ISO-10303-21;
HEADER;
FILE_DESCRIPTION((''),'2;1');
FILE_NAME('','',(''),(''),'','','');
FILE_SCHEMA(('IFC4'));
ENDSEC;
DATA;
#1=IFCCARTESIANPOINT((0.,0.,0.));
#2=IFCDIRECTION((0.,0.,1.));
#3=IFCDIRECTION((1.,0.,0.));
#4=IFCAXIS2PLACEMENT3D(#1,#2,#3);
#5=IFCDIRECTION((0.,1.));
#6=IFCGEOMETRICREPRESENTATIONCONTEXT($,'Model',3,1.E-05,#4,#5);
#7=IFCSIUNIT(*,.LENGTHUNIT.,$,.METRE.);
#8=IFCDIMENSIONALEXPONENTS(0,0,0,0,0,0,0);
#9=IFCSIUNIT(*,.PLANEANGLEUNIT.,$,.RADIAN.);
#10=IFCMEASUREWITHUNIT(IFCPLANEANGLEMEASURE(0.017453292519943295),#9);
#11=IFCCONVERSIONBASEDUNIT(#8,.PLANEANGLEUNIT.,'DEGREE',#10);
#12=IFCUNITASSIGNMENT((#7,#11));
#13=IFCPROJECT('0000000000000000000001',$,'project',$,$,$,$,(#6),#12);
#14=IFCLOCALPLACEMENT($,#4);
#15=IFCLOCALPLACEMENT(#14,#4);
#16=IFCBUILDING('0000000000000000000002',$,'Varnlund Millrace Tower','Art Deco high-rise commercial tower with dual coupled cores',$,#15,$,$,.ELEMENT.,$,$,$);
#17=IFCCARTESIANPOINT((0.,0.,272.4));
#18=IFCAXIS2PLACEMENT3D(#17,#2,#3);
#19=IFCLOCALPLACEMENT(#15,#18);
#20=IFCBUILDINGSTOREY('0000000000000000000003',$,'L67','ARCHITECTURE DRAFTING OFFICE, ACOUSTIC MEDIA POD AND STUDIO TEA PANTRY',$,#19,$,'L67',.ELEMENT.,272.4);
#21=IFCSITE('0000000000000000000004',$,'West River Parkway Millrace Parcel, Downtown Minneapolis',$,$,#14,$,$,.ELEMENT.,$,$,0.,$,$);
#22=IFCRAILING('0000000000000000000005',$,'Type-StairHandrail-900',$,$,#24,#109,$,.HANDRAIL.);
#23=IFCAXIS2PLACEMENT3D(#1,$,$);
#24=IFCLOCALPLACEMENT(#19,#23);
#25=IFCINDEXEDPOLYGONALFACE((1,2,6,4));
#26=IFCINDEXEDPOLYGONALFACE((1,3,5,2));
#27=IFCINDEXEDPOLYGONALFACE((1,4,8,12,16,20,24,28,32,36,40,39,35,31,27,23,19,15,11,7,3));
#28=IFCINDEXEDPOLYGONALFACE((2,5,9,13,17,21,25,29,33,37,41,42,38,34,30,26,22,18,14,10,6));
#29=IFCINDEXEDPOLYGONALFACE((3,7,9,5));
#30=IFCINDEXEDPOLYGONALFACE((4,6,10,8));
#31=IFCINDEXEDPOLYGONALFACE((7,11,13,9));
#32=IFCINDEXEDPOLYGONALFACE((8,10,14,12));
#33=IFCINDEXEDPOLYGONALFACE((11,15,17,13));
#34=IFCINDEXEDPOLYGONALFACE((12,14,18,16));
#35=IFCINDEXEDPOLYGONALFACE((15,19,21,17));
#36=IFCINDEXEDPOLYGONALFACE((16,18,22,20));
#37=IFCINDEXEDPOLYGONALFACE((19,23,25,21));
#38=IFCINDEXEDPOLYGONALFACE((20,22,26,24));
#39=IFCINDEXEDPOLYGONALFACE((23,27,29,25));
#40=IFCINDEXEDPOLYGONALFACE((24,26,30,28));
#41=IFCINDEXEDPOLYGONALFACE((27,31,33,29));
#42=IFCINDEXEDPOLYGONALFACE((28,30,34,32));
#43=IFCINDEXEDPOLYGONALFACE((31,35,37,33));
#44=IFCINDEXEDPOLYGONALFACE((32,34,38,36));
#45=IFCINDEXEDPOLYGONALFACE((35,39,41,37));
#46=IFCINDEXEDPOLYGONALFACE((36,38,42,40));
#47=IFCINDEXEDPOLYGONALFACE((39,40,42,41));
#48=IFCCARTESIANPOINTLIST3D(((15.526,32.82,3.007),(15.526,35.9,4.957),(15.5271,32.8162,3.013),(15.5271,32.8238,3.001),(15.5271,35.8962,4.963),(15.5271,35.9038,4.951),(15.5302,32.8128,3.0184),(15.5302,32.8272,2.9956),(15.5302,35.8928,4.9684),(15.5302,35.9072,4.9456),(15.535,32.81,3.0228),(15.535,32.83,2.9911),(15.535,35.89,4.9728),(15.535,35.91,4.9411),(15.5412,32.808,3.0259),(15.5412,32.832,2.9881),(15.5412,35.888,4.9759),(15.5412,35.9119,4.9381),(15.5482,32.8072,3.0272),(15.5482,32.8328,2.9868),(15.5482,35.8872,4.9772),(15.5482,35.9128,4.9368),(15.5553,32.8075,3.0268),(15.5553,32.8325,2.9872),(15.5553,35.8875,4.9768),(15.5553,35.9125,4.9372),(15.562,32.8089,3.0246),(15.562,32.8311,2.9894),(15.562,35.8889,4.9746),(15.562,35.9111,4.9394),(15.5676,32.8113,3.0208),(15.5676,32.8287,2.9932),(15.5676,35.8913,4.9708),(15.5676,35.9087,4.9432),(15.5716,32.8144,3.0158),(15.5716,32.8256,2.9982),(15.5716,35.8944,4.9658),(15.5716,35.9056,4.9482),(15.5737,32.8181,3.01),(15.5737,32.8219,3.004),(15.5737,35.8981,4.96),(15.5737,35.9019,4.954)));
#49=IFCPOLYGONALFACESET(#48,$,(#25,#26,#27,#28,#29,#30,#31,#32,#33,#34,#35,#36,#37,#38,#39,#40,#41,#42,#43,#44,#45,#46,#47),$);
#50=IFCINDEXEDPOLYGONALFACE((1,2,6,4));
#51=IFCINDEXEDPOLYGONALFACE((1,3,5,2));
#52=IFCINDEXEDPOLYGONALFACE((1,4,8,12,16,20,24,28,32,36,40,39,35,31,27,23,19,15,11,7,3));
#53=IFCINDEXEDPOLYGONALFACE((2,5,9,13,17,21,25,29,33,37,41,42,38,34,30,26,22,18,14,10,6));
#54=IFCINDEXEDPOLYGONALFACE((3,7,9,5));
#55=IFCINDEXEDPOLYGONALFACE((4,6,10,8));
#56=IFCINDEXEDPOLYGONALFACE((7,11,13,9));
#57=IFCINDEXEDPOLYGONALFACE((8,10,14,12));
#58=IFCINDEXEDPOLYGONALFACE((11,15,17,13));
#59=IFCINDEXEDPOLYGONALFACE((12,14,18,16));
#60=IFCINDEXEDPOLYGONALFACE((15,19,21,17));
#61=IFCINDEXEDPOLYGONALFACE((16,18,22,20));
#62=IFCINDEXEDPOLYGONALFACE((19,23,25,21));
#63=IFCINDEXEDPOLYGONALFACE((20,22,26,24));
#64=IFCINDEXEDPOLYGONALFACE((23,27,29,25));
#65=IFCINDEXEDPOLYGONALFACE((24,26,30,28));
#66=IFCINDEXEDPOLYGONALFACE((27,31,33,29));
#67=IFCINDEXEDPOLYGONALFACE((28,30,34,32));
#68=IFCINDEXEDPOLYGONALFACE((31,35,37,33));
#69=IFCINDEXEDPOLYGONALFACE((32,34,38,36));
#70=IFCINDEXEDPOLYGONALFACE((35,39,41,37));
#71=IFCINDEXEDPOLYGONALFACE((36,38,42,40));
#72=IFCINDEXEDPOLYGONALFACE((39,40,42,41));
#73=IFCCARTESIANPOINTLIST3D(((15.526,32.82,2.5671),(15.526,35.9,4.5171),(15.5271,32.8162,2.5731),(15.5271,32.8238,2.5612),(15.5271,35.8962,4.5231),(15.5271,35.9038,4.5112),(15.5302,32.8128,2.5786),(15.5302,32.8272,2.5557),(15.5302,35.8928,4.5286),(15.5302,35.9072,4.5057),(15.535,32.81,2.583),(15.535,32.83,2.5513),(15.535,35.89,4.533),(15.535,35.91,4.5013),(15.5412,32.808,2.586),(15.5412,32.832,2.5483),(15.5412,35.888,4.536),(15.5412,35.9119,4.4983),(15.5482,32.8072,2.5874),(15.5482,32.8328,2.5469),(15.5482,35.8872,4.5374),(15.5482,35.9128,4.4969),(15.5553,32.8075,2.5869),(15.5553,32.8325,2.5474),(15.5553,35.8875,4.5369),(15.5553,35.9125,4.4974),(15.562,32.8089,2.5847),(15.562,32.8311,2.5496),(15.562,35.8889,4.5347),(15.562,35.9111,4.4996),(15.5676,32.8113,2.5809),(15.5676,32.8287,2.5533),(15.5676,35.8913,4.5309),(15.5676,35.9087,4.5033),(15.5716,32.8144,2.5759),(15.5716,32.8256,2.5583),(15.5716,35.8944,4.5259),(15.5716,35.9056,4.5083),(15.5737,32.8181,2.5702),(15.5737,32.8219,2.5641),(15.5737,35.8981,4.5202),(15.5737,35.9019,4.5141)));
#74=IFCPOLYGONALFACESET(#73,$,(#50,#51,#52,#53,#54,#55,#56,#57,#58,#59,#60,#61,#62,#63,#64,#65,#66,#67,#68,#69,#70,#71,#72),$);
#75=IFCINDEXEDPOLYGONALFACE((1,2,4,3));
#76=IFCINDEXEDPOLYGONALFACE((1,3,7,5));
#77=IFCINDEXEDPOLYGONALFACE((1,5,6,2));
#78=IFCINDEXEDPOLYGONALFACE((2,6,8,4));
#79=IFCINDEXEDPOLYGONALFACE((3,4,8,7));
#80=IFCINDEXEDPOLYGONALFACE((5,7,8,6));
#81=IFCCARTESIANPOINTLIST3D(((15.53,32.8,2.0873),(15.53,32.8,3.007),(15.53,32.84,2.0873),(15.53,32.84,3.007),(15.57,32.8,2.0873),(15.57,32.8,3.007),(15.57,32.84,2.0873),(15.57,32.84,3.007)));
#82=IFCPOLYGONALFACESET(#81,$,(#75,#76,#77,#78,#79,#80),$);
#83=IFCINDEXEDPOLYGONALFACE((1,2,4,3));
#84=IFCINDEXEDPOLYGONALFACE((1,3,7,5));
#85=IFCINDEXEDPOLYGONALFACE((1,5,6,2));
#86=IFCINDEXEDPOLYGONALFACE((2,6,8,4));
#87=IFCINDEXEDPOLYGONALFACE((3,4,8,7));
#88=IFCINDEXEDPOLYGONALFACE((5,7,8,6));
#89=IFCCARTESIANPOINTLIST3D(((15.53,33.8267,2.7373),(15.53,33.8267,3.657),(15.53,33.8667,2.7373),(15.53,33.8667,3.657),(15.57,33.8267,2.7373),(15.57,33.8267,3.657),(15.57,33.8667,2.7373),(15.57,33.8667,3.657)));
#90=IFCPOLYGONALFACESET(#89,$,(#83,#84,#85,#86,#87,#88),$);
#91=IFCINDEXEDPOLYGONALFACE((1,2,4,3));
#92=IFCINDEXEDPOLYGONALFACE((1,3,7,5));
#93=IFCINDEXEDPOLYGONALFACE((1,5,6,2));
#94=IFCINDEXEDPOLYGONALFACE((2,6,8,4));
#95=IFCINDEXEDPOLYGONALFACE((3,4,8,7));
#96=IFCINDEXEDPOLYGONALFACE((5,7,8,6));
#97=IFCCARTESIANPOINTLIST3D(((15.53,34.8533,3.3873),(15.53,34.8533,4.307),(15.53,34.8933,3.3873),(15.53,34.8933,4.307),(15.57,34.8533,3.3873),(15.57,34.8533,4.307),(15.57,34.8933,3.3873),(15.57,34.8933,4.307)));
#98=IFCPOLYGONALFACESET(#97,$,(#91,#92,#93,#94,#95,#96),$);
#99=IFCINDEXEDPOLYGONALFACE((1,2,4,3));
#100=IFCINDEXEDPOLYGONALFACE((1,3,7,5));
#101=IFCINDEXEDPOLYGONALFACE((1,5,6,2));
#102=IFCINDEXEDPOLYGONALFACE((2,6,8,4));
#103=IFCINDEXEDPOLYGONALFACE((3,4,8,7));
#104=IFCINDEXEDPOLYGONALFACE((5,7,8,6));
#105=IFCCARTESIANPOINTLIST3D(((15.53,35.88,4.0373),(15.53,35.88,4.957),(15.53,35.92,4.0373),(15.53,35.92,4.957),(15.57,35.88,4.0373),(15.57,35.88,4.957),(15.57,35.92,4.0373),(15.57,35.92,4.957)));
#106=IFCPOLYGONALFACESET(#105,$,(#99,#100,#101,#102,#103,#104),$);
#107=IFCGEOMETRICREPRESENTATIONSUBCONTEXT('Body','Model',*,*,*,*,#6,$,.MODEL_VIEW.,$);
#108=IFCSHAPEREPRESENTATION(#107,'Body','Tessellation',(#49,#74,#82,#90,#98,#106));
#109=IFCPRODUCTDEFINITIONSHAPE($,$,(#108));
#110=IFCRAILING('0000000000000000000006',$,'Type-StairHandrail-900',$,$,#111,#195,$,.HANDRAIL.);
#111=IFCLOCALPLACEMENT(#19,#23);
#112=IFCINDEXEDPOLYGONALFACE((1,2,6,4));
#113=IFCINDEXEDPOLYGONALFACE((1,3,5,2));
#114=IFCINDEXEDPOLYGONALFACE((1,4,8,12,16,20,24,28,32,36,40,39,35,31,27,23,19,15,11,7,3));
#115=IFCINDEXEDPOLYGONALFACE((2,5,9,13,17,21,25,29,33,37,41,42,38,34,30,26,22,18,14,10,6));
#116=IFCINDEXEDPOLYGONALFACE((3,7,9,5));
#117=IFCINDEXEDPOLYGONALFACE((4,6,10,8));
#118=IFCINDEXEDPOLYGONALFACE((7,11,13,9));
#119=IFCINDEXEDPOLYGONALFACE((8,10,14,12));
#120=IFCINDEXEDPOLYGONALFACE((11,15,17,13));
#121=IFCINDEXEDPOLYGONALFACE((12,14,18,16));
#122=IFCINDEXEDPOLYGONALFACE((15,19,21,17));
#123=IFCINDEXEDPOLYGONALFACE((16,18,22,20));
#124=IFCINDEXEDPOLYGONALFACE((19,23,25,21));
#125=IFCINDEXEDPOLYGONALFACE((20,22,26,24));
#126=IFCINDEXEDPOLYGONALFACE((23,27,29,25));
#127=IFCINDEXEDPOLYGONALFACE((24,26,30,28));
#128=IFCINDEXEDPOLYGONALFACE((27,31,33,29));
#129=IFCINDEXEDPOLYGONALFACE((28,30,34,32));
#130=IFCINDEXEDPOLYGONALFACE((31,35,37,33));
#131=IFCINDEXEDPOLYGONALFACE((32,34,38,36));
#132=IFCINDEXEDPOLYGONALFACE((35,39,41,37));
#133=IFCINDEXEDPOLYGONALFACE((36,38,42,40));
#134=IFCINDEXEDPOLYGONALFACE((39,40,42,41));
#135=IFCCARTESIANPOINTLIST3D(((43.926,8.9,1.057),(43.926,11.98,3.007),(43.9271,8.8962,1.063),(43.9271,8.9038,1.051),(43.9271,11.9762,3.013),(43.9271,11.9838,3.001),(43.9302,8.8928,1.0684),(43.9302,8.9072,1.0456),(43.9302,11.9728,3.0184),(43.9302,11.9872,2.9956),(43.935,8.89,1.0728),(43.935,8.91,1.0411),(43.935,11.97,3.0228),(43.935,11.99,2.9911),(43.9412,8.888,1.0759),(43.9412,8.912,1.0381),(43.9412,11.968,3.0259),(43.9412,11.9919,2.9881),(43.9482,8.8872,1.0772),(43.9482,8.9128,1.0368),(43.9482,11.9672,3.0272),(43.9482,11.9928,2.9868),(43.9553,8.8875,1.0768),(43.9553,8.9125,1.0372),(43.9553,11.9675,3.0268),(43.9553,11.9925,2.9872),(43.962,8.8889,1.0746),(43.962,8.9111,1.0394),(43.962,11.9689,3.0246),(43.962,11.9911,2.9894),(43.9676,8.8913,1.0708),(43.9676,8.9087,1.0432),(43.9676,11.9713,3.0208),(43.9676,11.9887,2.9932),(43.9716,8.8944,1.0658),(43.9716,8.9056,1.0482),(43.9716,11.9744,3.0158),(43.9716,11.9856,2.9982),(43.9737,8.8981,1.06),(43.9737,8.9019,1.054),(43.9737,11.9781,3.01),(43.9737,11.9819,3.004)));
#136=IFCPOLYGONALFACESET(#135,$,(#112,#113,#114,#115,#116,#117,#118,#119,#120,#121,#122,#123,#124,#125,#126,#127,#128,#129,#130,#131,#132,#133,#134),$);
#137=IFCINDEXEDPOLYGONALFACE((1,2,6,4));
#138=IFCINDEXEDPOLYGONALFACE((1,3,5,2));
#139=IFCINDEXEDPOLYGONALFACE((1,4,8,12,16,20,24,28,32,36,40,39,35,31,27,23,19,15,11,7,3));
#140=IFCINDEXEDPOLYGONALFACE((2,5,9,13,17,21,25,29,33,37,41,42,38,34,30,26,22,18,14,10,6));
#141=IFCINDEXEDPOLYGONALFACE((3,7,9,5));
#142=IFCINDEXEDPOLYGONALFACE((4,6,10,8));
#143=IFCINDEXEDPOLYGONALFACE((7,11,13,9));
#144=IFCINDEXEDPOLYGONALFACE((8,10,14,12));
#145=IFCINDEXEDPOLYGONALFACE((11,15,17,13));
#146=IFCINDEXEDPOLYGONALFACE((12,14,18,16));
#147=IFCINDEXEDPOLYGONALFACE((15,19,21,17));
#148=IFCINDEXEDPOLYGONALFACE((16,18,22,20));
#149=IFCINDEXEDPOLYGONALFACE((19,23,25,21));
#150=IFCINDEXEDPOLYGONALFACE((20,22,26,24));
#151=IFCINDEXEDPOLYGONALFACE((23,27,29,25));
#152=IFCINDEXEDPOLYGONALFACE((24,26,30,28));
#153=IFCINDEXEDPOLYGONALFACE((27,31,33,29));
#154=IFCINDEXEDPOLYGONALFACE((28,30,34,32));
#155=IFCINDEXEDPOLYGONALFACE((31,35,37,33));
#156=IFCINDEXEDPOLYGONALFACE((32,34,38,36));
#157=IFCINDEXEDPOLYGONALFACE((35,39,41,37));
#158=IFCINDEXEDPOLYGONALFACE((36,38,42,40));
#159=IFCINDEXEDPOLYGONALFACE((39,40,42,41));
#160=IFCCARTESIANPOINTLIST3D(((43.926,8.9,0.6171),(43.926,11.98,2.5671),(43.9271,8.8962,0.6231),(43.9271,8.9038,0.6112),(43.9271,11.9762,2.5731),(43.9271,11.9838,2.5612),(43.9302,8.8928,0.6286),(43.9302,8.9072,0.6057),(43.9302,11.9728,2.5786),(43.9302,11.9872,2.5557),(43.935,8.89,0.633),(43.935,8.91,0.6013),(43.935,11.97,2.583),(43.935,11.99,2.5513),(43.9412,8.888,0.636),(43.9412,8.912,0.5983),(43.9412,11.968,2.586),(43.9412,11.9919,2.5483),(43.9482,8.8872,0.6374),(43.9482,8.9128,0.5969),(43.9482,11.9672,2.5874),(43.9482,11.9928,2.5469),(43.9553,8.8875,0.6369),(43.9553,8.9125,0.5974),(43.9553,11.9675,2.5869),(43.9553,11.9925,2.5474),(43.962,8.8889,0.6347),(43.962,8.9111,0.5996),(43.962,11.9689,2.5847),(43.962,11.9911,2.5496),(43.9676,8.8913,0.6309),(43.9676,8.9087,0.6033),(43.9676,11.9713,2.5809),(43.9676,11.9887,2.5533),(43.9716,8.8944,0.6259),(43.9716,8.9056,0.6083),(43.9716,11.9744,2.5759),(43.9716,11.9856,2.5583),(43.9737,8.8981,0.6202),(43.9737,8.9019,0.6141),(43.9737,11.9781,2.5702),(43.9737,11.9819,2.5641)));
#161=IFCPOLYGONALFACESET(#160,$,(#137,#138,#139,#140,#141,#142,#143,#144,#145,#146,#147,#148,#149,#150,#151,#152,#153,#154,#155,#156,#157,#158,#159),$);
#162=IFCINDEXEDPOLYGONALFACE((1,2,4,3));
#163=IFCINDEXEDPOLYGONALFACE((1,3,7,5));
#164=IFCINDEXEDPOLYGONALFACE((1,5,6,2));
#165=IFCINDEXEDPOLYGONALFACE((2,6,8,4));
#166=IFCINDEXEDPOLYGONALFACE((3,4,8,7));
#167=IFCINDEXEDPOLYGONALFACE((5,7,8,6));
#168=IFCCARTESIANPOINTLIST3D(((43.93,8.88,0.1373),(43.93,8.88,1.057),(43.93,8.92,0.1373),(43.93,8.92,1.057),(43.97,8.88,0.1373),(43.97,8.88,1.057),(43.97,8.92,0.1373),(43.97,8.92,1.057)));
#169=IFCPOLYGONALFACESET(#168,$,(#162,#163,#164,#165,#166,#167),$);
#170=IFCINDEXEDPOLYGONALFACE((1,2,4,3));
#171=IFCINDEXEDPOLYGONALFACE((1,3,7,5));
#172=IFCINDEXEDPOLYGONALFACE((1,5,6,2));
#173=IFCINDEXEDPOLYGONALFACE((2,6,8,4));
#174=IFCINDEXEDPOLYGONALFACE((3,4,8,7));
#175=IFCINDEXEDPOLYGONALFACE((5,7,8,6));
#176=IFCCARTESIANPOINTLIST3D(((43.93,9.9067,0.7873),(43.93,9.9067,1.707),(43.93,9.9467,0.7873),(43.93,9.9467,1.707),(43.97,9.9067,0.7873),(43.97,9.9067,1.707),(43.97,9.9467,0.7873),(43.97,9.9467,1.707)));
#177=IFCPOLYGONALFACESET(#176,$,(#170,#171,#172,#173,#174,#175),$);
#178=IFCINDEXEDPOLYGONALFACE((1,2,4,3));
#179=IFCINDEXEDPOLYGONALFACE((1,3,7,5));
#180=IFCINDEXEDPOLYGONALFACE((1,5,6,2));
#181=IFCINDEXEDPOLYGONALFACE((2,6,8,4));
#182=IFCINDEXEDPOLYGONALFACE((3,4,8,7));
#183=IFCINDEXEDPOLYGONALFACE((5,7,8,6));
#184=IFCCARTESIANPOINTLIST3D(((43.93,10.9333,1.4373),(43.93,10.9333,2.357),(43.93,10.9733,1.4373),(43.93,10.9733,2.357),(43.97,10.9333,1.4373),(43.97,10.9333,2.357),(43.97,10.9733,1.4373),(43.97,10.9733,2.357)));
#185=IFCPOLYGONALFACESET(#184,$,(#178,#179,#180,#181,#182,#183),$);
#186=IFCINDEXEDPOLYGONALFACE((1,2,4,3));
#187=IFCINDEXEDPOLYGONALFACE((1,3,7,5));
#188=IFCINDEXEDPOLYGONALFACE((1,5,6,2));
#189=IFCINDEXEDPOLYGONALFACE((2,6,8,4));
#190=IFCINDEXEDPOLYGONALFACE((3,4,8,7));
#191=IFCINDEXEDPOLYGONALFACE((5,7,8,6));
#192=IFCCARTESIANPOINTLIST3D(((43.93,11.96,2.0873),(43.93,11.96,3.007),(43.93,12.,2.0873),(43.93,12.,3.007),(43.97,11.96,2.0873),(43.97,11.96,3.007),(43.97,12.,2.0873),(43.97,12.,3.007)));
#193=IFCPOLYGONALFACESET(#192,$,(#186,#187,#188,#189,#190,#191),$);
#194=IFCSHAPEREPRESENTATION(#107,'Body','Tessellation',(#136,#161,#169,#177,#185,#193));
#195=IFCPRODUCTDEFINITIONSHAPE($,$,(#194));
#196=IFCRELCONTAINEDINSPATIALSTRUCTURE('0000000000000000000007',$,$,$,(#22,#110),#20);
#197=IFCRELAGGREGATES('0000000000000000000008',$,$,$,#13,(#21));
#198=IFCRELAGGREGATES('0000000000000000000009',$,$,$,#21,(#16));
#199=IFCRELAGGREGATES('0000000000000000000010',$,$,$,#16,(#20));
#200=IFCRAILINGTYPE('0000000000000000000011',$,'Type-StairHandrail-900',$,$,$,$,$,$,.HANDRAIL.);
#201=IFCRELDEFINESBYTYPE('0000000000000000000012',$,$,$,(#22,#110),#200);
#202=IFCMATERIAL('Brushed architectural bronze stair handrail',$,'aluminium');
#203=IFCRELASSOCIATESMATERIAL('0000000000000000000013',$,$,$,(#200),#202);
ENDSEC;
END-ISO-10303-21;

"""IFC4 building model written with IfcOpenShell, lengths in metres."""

from ifc_helpers import new_model, entity, si_unit, converted_unit, direction, frame, origin_with_axes, origin_2d_with_axis, place, context, subcontext, project, spatial, rectangle, circle, extrude, material, type_object, element, save


model = new_model("IFC4")

# Units and contexts
model_context = context("Model", 3, precision=1e-05, world=origin_with_axes(), true_north=direction((0.0, 1.0)))
body_context = subcontext(model_context, "Body", "Model", "MODEL_VIEW")
ifc_project = project(units=[si_unit("LENGTHUNIT", "METRE"), converted_unit("PLANEANGLEUNIT", "DEGREE", entity("IfcPlaneAngleMeasure", 0.017453292519943295), si_unit("PLANEANGLEUNIT", "RADIAN"), dimensions=[0, 0, 0, 0, 0, 0, 0])], contexts=[model_context])

# Site, building, storey
site_placement = place(None, origin_with_axes())
site = spatial("IfcSite", under=ifc_project, at=site_placement, Name="West River Parkway Millrace Parcel, Downtown Minneapolis", CompositionType="ELEMENT", RefElevation=0.0)
building_placement = place(site_placement, origin_with_axes())
building = spatial("IfcBuilding", under=site, at=building_placement, Name="Varnlund Millrace Tower", Description="Art Deco high-rise commercial tower with dual coupled cores", CompositionType="ELEMENT")
storey_placement = place(building_placement, frame((0.0, 0.0, 272.4), z_axis=(0.0, 0.0, 1.0), x_axis=(1.0, 0.0, 0.0)))
storey = spatial("IfcBuildingStorey", under=building, at=storey_placement, Name="L67", Description="ARCHITECTURE DRAFTING OFFICE, ACOUSTIC MEDIA POD AND STUDIO TEA PANTRY", LongName="L67", CompositionType="ELEMENT", Elevation=272.4)

# Railings
ifc_material_1 = material(Name="Brushed architectural bronze stair handrail", Category="aluminium")
railing_type_1 = type_object("IfcRailingType", Name="Type-StairHandrail-900", PredefinedType="HANDRAIL", material=ifc_material_1)
railing_1_placement = place(storey_placement, frame((0.0, 0.0, -272.4), z_axis=(0.0, 0.0, 1.0), x_axis=(1.0, 0.0, 0.0)))
element("IfcRailing", 1, at=railing_1_placement, inside=storey, type_object=railing_type_1, Name="Type-StairHandrail-900", PredefinedType="HANDRAIL", context=body_context, shape_type="SweptSolid", body=[
    extrude(circle(Radius=0.024, at=origin_2d_with_axis()), frame((15.55, 32.82, 275.407), z_axis=(0.0, 0.844902, 0.534922), x_axis=(-1.0, 0.0, 0.0)), (0.0, 0.0, 1.0), 3.6454),
    extrude(circle(Radius=0.024, at=origin_2d_with_axis()), frame((15.55, 32.82, 274.9671), z_axis=(0.0, 0.844902, 0.534922), x_axis=(-1.0, 0.0, 0.0)), (0.0, 0.0, 1.0), 3.6454),
    extrude(rectangle(XDim=0.04, YDim=0.04, at=origin_2d_with_axis()), frame((15.55, 32.82, 274.4873), z_axis=(0.0, 0.0, 1.0), x_axis=(1.0, 0.0, 0.0)), (0.0, 0.0, 1.0), 0.9197),
    extrude(rectangle(XDim=0.04, YDim=0.04, at=origin_2d_with_axis()), frame((15.55, 33.8467, 275.1373), z_axis=(0.0, 0.0, 1.0), x_axis=(1.0, 0.0, 0.0)), (0.0, 0.0, 1.0), 0.9197),
    extrude(rectangle(XDim=0.04, YDim=0.04, at=origin_2d_with_axis()), frame((15.55, 34.8733, 275.7873), z_axis=(0.0, 0.0, 1.0), x_axis=(1.0, 0.0, 0.0)), (0.0, 0.0, 1.0), 0.9197),
    extrude(rectangle(XDim=0.04, YDim=0.04, at=origin_2d_with_axis()), frame((15.55, 35.9, 276.4373), z_axis=(0.0, 0.0, 1.0), x_axis=(1.0, 0.0, 0.0)), (0.0, 0.0, 1.0), 0.9197),
])
railing_2_placement = place(storey_placement, frame((0.0, 0.0, -272.4), z_axis=(0.0, 0.0, 1.0), x_axis=(1.0, 0.0, 0.0)))
element("IfcRailing", 2, at=railing_2_placement, inside=storey, type_object=railing_type_1, Name="Type-StairHandrail-900", PredefinedType="HANDRAIL", context=body_context, shape_type="SweptSolid", body=[
    extrude(circle(Radius=0.024, at=origin_2d_with_axis()), frame((43.95, 8.9, 273.457), z_axis=(0.0, 0.844902, 0.534922), x_axis=(-1.0, 0.0, 0.0)), (0.0, 0.0, 1.0), 3.6454),
    extrude(circle(Radius=0.024, at=origin_2d_with_axis()), frame((43.95, 8.9, 273.0171), z_axis=(0.0, 0.844902, 0.534922), x_axis=(-1.0, 0.0, 0.0)), (0.0, 0.0, 1.0), 3.6454),
    extrude(rectangle(XDim=0.04, YDim=0.04, at=origin_2d_with_axis()), frame((43.95, 8.9, 272.5373), z_axis=(0.0, 0.0, 1.0), x_axis=(1.0, 0.0, 0.0)), (0.0, 0.0, 1.0), 0.9197),
    extrude(rectangle(XDim=0.04, YDim=0.04, at=origin_2d_with_axis()), frame((43.95, 9.9267, 273.1873), z_axis=(0.0, 0.0, 1.0), x_axis=(1.0, 0.0, 0.0)), (0.0, 0.0, 1.0), 0.9197),
    extrude(rectangle(XDim=0.04, YDim=0.04, at=origin_2d_with_axis()), frame((43.95, 10.9533, 273.8373), z_axis=(0.0, 0.0, 1.0), x_axis=(1.0, 0.0, 0.0)), (0.0, 0.0, 1.0), 0.9197),
    extrude(rectangle(XDim=0.04, YDim=0.04, at=origin_2d_with_axis()), frame((43.95, 11.98, 274.4873), z_axis=(0.0, 0.0, 1.0), x_axis=(1.0, 0.0, 0.0)), (0.0, 0.0, 1.0), 0.9197),
])

save(model, "model.ifc")
